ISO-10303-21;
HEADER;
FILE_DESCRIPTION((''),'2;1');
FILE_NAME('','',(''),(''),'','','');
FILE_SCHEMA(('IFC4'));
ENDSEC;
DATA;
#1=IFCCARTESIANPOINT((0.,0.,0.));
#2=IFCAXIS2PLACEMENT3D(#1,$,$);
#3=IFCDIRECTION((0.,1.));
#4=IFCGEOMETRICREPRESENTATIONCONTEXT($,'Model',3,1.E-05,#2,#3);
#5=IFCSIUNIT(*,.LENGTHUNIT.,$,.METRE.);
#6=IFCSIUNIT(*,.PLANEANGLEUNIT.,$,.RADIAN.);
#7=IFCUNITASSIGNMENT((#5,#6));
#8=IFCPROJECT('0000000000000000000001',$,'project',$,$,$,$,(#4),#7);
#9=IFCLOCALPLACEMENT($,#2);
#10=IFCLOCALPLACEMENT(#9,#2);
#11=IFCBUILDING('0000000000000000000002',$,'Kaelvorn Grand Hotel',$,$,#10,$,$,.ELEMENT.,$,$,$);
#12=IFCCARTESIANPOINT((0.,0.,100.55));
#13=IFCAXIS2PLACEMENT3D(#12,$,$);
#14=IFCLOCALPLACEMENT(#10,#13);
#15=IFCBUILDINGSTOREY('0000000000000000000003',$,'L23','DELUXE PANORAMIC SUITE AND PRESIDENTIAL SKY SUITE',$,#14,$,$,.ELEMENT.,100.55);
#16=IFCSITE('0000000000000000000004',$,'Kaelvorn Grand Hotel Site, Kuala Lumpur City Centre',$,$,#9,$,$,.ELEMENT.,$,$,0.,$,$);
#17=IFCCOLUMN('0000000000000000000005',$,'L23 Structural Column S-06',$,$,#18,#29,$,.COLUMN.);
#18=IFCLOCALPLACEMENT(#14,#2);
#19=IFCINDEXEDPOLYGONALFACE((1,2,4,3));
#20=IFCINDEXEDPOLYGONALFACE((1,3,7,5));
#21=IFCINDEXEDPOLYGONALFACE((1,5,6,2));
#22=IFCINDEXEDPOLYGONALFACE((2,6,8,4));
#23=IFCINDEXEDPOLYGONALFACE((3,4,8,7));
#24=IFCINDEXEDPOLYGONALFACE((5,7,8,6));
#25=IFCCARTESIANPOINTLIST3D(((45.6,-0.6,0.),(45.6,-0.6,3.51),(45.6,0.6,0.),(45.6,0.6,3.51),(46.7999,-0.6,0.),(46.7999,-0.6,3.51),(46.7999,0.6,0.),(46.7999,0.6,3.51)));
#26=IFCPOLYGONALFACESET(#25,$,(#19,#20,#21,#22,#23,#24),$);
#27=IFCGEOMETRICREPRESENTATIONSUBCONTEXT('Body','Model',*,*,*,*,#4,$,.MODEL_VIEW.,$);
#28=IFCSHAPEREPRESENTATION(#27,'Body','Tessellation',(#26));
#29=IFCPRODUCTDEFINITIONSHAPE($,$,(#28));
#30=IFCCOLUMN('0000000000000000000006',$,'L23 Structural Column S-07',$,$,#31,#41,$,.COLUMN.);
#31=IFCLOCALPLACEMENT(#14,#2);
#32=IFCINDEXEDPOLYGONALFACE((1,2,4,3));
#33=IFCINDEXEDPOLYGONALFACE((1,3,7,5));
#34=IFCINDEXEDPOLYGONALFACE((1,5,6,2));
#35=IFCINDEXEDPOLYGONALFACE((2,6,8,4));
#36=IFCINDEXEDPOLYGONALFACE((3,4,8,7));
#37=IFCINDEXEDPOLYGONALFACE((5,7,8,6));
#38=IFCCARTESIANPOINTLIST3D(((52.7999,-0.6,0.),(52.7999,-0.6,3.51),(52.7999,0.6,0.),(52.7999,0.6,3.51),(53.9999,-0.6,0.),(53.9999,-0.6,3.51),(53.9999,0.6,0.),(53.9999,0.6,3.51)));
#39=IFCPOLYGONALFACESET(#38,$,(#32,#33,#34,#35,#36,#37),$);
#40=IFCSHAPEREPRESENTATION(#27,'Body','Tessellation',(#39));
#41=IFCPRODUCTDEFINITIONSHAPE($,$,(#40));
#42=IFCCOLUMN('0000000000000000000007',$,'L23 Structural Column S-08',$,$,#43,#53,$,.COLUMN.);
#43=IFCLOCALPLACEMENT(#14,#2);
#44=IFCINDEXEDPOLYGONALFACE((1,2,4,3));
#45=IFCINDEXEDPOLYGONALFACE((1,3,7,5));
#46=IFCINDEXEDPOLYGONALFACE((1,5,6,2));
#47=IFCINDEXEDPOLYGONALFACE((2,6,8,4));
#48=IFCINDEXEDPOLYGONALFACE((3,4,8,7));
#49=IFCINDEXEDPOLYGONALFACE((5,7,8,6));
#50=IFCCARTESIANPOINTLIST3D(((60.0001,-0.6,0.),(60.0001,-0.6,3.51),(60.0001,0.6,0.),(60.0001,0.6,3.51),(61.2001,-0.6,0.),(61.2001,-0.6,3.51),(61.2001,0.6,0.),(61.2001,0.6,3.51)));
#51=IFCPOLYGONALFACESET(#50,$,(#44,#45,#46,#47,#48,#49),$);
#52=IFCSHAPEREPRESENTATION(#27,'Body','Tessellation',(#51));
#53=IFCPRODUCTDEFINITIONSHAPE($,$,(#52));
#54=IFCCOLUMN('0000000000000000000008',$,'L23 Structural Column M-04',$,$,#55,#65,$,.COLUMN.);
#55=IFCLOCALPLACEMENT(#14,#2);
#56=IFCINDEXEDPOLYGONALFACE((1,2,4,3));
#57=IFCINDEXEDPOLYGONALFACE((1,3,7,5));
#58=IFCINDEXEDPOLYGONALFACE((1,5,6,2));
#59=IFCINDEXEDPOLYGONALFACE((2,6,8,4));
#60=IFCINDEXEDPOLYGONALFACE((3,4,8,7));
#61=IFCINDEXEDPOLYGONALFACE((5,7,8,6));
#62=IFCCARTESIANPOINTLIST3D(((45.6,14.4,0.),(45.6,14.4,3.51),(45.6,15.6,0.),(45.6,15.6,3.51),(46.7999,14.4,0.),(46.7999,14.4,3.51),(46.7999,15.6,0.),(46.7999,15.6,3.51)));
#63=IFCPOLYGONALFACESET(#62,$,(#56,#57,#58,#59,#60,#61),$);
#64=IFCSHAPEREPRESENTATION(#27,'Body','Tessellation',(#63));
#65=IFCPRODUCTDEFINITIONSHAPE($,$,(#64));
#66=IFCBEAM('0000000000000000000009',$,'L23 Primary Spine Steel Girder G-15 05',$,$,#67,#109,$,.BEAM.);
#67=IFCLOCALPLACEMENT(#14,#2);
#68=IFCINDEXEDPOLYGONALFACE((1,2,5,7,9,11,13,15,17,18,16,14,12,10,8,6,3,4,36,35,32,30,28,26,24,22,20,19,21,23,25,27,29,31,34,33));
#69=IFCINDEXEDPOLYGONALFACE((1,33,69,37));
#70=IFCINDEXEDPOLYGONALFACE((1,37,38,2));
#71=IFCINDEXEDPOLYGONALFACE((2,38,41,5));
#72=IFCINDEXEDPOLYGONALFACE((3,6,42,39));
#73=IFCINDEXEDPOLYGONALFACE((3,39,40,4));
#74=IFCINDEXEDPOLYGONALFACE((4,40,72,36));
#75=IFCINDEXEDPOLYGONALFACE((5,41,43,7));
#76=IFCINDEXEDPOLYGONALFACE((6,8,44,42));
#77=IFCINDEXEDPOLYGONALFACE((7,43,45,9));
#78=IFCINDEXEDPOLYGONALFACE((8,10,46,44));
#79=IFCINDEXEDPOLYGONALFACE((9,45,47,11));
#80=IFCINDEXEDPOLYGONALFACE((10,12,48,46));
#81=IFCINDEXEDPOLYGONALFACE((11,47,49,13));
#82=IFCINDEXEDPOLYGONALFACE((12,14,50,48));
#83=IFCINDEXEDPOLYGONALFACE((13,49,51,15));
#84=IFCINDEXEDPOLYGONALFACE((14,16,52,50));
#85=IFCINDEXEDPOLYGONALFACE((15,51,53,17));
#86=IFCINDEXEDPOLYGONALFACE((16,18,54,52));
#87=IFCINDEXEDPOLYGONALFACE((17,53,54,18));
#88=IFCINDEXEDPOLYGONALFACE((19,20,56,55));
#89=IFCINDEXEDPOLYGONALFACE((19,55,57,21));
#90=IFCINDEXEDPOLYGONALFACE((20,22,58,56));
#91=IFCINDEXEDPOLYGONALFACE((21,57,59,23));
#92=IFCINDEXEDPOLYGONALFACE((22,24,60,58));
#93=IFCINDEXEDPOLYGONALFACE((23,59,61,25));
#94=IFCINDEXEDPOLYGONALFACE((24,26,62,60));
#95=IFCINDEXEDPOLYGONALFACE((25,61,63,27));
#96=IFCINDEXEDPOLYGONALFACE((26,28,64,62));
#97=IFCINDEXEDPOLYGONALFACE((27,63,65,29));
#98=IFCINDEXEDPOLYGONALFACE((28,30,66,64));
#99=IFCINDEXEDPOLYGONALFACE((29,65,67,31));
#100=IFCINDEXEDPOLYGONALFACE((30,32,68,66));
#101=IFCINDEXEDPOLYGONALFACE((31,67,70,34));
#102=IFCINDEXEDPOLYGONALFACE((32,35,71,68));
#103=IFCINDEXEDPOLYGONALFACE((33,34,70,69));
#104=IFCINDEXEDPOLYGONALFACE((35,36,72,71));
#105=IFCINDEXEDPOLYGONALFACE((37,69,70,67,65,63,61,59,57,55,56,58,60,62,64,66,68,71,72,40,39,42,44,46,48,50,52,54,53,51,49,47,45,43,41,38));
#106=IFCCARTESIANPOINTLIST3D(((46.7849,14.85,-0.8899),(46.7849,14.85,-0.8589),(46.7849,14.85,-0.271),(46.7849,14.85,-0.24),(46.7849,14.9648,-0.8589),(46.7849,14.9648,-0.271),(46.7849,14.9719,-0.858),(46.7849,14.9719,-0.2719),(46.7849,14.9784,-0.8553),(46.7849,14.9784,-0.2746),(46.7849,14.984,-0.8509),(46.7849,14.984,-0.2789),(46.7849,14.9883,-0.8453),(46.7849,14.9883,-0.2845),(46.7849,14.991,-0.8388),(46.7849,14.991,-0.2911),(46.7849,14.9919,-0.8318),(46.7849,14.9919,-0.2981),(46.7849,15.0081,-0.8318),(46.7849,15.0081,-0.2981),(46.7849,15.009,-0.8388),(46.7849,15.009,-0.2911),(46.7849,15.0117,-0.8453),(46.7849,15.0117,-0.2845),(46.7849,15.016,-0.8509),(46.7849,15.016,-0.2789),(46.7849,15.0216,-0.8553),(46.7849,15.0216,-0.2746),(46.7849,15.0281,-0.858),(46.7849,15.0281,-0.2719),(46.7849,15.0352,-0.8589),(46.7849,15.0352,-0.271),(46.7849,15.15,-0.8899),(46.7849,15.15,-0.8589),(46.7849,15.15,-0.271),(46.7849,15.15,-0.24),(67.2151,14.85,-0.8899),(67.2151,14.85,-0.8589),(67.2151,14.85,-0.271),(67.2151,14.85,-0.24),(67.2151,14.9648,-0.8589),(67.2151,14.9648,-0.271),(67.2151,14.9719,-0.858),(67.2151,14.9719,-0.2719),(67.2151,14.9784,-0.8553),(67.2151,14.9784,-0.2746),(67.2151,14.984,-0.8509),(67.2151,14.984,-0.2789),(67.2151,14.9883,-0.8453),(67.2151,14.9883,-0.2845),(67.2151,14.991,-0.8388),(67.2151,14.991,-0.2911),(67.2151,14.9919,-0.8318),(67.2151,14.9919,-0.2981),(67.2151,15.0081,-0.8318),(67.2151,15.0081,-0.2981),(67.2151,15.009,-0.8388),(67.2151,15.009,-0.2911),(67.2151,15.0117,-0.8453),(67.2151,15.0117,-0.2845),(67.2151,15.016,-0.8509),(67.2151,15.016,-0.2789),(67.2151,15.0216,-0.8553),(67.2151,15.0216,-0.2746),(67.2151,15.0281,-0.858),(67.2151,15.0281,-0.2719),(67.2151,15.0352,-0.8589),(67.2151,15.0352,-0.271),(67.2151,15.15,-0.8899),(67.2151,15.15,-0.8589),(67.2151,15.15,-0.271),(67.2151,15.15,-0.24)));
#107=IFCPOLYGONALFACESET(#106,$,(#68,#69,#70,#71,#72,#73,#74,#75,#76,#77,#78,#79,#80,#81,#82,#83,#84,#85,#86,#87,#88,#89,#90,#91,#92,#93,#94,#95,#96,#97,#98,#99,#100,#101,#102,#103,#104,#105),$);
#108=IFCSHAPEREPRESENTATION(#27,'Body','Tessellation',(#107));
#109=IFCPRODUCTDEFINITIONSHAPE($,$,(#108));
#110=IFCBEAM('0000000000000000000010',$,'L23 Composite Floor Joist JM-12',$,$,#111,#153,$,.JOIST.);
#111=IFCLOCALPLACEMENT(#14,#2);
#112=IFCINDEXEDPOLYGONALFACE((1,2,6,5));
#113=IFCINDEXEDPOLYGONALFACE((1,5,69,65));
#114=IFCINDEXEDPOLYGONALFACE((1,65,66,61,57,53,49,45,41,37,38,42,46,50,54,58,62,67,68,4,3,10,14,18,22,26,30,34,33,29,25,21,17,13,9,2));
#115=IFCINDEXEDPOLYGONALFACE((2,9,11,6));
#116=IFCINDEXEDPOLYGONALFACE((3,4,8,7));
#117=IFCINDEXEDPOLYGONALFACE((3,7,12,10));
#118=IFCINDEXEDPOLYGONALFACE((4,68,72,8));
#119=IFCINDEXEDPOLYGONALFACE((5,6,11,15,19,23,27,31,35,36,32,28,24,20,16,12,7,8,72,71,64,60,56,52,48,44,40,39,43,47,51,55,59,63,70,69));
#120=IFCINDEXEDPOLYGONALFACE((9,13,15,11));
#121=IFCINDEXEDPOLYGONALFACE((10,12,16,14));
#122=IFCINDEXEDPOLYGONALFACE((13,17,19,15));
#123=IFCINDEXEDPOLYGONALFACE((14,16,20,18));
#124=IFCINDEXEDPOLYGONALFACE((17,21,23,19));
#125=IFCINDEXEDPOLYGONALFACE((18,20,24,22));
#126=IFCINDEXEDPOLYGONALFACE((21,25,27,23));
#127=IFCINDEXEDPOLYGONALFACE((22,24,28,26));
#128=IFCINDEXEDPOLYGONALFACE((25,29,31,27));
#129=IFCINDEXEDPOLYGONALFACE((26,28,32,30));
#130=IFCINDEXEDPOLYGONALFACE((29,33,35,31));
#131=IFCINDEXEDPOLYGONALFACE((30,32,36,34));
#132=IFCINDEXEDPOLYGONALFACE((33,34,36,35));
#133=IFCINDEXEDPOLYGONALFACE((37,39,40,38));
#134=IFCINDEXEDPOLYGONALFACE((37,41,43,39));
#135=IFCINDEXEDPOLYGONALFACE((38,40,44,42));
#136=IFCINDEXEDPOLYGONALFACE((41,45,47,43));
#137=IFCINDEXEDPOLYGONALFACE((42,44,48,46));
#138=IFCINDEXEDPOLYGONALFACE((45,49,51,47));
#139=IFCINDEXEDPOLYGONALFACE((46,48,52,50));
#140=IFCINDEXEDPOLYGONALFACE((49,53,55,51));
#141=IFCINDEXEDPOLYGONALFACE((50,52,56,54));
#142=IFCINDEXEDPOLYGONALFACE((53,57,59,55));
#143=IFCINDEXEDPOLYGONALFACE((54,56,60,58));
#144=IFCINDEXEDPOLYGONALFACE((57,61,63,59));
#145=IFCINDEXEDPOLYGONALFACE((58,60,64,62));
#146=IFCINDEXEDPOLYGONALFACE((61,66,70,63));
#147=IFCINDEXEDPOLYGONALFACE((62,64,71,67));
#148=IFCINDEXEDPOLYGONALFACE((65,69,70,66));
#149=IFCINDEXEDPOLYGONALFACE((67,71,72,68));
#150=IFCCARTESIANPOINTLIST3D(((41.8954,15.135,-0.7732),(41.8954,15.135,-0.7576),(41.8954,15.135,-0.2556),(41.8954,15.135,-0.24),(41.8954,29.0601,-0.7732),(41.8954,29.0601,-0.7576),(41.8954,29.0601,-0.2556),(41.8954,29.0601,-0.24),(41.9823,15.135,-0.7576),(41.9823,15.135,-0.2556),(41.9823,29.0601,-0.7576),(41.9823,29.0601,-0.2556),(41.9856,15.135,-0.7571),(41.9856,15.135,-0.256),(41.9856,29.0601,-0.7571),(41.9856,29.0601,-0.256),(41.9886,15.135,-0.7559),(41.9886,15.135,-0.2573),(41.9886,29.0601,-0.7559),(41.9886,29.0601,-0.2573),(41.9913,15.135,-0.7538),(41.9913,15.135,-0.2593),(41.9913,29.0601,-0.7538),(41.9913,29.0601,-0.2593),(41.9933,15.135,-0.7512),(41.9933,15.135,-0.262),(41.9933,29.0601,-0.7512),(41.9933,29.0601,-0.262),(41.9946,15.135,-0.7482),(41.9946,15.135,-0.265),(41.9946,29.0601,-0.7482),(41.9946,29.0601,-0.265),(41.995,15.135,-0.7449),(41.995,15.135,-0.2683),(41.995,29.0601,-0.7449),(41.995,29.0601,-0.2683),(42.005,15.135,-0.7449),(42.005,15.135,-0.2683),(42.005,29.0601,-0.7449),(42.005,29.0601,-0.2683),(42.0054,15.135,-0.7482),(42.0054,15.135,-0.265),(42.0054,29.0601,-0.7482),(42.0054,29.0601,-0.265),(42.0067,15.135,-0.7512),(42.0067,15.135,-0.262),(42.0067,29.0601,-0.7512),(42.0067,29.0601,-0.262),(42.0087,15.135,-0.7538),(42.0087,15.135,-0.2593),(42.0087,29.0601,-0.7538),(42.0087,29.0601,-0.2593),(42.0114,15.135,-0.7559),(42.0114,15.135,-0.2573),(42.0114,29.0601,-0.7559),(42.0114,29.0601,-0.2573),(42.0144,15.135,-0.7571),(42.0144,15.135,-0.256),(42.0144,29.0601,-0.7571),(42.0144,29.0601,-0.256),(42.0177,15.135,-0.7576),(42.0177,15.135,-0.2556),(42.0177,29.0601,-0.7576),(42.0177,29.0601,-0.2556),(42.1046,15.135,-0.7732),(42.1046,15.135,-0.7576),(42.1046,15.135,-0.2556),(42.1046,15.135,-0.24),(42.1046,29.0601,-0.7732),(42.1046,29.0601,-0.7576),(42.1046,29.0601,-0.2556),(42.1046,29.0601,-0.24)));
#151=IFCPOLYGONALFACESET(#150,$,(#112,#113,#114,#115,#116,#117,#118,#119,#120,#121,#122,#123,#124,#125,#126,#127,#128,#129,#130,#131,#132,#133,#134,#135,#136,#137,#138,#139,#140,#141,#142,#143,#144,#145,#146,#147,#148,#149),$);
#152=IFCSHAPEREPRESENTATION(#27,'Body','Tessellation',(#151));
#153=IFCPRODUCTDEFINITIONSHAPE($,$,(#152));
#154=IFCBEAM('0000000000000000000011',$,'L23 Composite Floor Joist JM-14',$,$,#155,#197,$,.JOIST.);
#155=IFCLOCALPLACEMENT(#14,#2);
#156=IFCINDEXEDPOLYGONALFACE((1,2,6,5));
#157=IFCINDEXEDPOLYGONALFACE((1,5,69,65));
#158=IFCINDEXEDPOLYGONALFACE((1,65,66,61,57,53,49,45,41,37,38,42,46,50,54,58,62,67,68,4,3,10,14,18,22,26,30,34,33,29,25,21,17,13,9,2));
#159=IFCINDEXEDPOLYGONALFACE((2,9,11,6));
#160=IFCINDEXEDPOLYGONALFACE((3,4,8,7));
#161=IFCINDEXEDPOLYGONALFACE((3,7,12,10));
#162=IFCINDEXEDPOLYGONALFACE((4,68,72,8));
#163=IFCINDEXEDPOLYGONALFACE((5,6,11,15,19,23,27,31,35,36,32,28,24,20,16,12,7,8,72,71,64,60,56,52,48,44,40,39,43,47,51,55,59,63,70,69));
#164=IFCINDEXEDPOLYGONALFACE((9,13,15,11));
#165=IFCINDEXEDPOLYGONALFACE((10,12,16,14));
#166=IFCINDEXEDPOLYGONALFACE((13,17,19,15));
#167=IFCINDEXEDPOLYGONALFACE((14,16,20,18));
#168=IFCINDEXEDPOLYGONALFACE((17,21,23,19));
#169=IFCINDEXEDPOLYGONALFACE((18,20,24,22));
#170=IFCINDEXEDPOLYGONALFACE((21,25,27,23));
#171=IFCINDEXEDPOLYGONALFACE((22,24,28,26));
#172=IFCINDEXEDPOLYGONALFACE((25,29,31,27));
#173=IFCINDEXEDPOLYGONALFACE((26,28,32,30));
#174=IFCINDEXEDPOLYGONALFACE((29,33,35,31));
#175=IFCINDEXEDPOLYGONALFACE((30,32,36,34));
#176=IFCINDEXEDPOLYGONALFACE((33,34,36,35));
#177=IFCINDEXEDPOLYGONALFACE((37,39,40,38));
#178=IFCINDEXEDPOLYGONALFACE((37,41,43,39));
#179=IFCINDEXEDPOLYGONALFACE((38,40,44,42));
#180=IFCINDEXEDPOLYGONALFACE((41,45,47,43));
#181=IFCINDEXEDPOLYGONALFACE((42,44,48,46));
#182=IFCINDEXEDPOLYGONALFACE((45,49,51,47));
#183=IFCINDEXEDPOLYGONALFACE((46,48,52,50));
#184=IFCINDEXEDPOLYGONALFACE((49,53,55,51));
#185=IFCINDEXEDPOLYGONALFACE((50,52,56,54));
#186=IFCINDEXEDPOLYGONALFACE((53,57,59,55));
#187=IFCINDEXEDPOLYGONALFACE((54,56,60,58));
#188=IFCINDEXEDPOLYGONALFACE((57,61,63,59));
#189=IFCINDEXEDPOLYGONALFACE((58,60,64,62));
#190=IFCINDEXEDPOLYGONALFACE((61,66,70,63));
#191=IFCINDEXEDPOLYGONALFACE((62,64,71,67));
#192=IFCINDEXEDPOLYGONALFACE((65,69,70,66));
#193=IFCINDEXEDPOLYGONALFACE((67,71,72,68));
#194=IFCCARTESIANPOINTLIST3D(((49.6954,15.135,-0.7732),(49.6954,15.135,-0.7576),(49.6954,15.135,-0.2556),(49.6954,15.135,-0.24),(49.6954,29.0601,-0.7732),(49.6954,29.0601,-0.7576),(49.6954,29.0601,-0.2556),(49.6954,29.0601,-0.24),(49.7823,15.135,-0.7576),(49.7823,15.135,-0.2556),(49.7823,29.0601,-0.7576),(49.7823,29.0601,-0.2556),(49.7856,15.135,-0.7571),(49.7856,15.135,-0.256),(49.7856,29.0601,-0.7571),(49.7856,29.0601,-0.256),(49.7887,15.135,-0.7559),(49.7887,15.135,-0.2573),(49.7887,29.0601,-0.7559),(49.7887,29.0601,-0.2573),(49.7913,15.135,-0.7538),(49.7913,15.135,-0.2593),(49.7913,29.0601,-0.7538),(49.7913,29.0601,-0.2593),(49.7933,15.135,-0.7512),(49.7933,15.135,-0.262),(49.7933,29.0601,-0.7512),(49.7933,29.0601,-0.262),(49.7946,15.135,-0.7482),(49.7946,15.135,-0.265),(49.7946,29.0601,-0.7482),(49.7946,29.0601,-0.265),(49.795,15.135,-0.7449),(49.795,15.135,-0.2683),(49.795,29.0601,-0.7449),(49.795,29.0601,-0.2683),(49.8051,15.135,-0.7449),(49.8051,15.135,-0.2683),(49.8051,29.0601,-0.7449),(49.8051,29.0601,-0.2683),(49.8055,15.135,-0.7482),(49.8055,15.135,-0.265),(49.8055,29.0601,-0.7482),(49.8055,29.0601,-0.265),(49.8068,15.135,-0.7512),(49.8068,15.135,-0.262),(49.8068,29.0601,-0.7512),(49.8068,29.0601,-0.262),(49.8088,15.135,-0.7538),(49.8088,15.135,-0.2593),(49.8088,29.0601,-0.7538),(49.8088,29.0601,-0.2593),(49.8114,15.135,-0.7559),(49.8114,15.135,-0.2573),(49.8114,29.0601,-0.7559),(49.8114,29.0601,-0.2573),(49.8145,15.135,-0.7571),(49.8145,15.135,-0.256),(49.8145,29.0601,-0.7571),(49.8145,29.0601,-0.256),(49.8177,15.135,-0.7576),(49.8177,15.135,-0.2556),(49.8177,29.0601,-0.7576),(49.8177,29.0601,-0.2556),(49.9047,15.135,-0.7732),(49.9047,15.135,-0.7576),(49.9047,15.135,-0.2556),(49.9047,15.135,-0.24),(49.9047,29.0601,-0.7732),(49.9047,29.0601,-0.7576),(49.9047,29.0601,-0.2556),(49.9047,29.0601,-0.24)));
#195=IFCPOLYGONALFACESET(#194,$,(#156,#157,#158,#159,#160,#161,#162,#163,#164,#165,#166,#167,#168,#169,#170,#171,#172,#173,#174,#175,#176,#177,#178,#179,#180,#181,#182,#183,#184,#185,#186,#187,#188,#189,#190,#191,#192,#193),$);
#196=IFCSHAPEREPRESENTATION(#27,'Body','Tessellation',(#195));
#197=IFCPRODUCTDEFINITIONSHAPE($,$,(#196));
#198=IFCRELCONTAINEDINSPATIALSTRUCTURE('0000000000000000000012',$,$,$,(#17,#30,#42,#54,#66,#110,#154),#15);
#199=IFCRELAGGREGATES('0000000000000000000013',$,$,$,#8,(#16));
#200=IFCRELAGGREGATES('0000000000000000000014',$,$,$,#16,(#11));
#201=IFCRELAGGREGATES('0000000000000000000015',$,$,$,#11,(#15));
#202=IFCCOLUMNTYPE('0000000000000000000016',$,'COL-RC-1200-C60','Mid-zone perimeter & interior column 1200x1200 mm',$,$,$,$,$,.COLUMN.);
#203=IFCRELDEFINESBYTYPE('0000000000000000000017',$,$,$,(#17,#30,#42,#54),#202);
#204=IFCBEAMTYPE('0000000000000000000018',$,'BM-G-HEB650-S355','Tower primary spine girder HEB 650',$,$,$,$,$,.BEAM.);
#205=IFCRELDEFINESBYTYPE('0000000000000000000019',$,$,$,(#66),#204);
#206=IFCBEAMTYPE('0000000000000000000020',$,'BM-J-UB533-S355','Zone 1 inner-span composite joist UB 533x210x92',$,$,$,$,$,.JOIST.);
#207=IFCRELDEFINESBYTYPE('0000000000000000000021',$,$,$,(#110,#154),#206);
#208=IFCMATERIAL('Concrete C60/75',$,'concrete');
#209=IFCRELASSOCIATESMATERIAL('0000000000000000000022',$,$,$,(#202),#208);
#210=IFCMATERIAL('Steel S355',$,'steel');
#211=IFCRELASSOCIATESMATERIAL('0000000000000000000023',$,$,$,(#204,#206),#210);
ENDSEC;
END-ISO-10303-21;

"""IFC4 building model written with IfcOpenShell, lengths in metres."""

from ifc_helpers import new_model, si_unit, direction, frame, origin, origin_2d, place, context, subcontext, project, spatial, rectangle, i_section, extrude, material, material_profile, profile_set, type_object, element, save


model = new_model("IFC4")

# Units and contexts
model_context = context("Model", 3, precision=1e-05, world=origin(), true_north=direction((0.0, 1.0)))
body_context = subcontext(model_context, "Body", "Model", "MODEL_VIEW")
ifc_project = project(units=[si_unit("LENGTHUNIT", "METRE"), si_unit("PLANEANGLEUNIT", "RADIAN")], contexts=[model_context])

# Site, building, storey
site_placement = place(None, origin())
site = spatial("IfcSite", under=ifc_project, at=site_placement, Name="Kaelvorn Grand Hotel Site, Kuala Lumpur City Centre", CompositionType="ELEMENT", RefElevation=0.0)
building_placement = place(site_placement, origin())
building = spatial("IfcBuilding", under=site, at=building_placement, Name="Kaelvorn Grand Hotel", CompositionType="ELEMENT")
storey_placement = place(building_placement, frame((0.0, 0.0, 100.55)))
storey = spatial("IfcBuildingStorey", under=building, at=storey_placement, Name="L23", Description="DELUXE PANORAMIC SUITE AND PRESIDENTIAL SKY SUITE", CompositionType="ELEMENT", Elevation=100.55)

# Columns
ifc_material_1 = material(Name="Concrete C60/75", Category="concrete")
ifc_material_profile_1 = material_profile(ifc_material_1, rectangle(XDim=1.2, YDim=1.2, at=origin_2d()), Name="RC COL 1200x1200")
ifc_profile_set_1 = profile_set([ifc_material_profile_1], Name="Concrete C60/75")
column_type = type_object("IfcColumnType", Name="COL-RC-1200-C60", Description="Mid-zone perimeter & interior column 1200x1200 mm", PredefinedType="COLUMN", material=ifc_profile_set_1)
for number, where, z_axis, x_axis, name in (
    (1, (46.2, 0.0, 0.0), (0.0, 0.0, 1.0), (1.0, 0.0, 0.0), "L23 Structural Column S-06"),
    (2, (53.3999, 0.0, 0.0), (0.0, 0.0, 1.0), (1.0, 0.0, 0.0), "L23 Structural Column S-07"),
    (3, (60.6001, 0.0, 0.0), (0.0, 0.0, 1.0), (1.0, 0.0, 0.0), "L23 Structural Column S-08"),
    (4, (46.2, 15.0, 0.0), (0.0, 0.0, 1.0), (1.0, 0.0, 0.0), "L23 Structural Column M-04"),
):
    element("IfcColumn", number, at=place(storey_placement, frame(where, z_axis=z_axis, x_axis=x_axis)), inside=storey, type_object=column_type, Name=name, PredefinedType="COLUMN", context=body_context, shape_type="SweptSolid", body=[
        extrude(rectangle(XDim=1.2, YDim=1.2, at=origin_2d()), origin(), (0.0, 0.0, 1.0), 3.51),
    ])

# Beams
ifc_material_2 = material(Name="Steel S355", Category="steel")
ifc_material_profile_2 = material_profile(ifc_material_2, i_section(OverallWidth=0.3, OverallDepth=0.6499, WebThickness=0.0161, FlangeThickness=0.031, FilletRadius=0.0271, at=origin_2d()), Name="HEB 650")
ifc_profile_set_2 = profile_set([ifc_material_profile_2], Name="Steel S355")
beam_type_1 = type_object("IfcBeamType", Name="BM-G-HEB650-S355", Description="Tower primary spine girder HEB 650", PredefinedType="BEAM", material=ifc_profile_set_2)
beam_1_placement = place(storey_placement, frame((46.7849, 15.0, -0.5649), z_axis=(1.0, 0.0, 0.0), x_axis=(0.0, 1.0, 0.0)))
element("IfcBeam", 5, at=beam_1_placement, inside=storey, type_object=beam_type_1, Name="L23 Primary Spine Steel Girder G-15 05", PredefinedType="BEAM", context=body_context, shape_type="SweptSolid", body=[
    extrude(i_section(OverallWidth=0.3, OverallDepth=0.6499, WebThickness=0.0161, FlangeThickness=0.031, FilletRadius=0.0271, at=origin_2d()), origin(), (0.0, 0.0, 1.0), 20.4302),
])
ifc_material_profile_3 = material_profile(ifc_material_2, i_section(OverallWidth=0.2092, OverallDepth=0.5332, WebThickness=0.01, FlangeThickness=0.0156, FilletRadius=0.0127, at=origin_2d()), Name="UB 533x210x92")
ifc_profile_set_3 = profile_set([ifc_material_profile_3], Name="Steel S355")
beam_type_2 = type_object("IfcBeamType", Name="BM-J-UB533-S355", Description="Zone 1 inner-span composite joist UB 533x210x92", PredefinedType="JOIST", material=ifc_profile_set_3)
for number, where, z_axis, x_axis, name in (
    (6, (42.0, 15.135, -0.5066), (0.0, 1.0, 0.0), (-1.0, 0.0, 0.0), "L23 Composite Floor Joist JM-12"),
    (7, (49.8, 15.135, -0.5066), (0.0, 1.0, 0.0), (-1.0, 0.0, 0.0), "L23 Composite Floor Joist JM-14"),
):
    element("IfcBeam", number, at=place(storey_placement, frame(where, z_axis=z_axis, x_axis=x_axis)), inside=storey, type_object=beam_type_2, Name=name, PredefinedType="JOIST", context=body_context, shape_type="SweptSolid", body=[
        extrude(i_section(OverallWidth=0.2092, OverallDepth=0.5332, WebThickness=0.01, FlangeThickness=0.0156, FilletRadius=0.0127, at=origin_2d()), origin(), (0.0, 0.0, 1.0), 13.925),
    ])

save(model, "model.ifc")
